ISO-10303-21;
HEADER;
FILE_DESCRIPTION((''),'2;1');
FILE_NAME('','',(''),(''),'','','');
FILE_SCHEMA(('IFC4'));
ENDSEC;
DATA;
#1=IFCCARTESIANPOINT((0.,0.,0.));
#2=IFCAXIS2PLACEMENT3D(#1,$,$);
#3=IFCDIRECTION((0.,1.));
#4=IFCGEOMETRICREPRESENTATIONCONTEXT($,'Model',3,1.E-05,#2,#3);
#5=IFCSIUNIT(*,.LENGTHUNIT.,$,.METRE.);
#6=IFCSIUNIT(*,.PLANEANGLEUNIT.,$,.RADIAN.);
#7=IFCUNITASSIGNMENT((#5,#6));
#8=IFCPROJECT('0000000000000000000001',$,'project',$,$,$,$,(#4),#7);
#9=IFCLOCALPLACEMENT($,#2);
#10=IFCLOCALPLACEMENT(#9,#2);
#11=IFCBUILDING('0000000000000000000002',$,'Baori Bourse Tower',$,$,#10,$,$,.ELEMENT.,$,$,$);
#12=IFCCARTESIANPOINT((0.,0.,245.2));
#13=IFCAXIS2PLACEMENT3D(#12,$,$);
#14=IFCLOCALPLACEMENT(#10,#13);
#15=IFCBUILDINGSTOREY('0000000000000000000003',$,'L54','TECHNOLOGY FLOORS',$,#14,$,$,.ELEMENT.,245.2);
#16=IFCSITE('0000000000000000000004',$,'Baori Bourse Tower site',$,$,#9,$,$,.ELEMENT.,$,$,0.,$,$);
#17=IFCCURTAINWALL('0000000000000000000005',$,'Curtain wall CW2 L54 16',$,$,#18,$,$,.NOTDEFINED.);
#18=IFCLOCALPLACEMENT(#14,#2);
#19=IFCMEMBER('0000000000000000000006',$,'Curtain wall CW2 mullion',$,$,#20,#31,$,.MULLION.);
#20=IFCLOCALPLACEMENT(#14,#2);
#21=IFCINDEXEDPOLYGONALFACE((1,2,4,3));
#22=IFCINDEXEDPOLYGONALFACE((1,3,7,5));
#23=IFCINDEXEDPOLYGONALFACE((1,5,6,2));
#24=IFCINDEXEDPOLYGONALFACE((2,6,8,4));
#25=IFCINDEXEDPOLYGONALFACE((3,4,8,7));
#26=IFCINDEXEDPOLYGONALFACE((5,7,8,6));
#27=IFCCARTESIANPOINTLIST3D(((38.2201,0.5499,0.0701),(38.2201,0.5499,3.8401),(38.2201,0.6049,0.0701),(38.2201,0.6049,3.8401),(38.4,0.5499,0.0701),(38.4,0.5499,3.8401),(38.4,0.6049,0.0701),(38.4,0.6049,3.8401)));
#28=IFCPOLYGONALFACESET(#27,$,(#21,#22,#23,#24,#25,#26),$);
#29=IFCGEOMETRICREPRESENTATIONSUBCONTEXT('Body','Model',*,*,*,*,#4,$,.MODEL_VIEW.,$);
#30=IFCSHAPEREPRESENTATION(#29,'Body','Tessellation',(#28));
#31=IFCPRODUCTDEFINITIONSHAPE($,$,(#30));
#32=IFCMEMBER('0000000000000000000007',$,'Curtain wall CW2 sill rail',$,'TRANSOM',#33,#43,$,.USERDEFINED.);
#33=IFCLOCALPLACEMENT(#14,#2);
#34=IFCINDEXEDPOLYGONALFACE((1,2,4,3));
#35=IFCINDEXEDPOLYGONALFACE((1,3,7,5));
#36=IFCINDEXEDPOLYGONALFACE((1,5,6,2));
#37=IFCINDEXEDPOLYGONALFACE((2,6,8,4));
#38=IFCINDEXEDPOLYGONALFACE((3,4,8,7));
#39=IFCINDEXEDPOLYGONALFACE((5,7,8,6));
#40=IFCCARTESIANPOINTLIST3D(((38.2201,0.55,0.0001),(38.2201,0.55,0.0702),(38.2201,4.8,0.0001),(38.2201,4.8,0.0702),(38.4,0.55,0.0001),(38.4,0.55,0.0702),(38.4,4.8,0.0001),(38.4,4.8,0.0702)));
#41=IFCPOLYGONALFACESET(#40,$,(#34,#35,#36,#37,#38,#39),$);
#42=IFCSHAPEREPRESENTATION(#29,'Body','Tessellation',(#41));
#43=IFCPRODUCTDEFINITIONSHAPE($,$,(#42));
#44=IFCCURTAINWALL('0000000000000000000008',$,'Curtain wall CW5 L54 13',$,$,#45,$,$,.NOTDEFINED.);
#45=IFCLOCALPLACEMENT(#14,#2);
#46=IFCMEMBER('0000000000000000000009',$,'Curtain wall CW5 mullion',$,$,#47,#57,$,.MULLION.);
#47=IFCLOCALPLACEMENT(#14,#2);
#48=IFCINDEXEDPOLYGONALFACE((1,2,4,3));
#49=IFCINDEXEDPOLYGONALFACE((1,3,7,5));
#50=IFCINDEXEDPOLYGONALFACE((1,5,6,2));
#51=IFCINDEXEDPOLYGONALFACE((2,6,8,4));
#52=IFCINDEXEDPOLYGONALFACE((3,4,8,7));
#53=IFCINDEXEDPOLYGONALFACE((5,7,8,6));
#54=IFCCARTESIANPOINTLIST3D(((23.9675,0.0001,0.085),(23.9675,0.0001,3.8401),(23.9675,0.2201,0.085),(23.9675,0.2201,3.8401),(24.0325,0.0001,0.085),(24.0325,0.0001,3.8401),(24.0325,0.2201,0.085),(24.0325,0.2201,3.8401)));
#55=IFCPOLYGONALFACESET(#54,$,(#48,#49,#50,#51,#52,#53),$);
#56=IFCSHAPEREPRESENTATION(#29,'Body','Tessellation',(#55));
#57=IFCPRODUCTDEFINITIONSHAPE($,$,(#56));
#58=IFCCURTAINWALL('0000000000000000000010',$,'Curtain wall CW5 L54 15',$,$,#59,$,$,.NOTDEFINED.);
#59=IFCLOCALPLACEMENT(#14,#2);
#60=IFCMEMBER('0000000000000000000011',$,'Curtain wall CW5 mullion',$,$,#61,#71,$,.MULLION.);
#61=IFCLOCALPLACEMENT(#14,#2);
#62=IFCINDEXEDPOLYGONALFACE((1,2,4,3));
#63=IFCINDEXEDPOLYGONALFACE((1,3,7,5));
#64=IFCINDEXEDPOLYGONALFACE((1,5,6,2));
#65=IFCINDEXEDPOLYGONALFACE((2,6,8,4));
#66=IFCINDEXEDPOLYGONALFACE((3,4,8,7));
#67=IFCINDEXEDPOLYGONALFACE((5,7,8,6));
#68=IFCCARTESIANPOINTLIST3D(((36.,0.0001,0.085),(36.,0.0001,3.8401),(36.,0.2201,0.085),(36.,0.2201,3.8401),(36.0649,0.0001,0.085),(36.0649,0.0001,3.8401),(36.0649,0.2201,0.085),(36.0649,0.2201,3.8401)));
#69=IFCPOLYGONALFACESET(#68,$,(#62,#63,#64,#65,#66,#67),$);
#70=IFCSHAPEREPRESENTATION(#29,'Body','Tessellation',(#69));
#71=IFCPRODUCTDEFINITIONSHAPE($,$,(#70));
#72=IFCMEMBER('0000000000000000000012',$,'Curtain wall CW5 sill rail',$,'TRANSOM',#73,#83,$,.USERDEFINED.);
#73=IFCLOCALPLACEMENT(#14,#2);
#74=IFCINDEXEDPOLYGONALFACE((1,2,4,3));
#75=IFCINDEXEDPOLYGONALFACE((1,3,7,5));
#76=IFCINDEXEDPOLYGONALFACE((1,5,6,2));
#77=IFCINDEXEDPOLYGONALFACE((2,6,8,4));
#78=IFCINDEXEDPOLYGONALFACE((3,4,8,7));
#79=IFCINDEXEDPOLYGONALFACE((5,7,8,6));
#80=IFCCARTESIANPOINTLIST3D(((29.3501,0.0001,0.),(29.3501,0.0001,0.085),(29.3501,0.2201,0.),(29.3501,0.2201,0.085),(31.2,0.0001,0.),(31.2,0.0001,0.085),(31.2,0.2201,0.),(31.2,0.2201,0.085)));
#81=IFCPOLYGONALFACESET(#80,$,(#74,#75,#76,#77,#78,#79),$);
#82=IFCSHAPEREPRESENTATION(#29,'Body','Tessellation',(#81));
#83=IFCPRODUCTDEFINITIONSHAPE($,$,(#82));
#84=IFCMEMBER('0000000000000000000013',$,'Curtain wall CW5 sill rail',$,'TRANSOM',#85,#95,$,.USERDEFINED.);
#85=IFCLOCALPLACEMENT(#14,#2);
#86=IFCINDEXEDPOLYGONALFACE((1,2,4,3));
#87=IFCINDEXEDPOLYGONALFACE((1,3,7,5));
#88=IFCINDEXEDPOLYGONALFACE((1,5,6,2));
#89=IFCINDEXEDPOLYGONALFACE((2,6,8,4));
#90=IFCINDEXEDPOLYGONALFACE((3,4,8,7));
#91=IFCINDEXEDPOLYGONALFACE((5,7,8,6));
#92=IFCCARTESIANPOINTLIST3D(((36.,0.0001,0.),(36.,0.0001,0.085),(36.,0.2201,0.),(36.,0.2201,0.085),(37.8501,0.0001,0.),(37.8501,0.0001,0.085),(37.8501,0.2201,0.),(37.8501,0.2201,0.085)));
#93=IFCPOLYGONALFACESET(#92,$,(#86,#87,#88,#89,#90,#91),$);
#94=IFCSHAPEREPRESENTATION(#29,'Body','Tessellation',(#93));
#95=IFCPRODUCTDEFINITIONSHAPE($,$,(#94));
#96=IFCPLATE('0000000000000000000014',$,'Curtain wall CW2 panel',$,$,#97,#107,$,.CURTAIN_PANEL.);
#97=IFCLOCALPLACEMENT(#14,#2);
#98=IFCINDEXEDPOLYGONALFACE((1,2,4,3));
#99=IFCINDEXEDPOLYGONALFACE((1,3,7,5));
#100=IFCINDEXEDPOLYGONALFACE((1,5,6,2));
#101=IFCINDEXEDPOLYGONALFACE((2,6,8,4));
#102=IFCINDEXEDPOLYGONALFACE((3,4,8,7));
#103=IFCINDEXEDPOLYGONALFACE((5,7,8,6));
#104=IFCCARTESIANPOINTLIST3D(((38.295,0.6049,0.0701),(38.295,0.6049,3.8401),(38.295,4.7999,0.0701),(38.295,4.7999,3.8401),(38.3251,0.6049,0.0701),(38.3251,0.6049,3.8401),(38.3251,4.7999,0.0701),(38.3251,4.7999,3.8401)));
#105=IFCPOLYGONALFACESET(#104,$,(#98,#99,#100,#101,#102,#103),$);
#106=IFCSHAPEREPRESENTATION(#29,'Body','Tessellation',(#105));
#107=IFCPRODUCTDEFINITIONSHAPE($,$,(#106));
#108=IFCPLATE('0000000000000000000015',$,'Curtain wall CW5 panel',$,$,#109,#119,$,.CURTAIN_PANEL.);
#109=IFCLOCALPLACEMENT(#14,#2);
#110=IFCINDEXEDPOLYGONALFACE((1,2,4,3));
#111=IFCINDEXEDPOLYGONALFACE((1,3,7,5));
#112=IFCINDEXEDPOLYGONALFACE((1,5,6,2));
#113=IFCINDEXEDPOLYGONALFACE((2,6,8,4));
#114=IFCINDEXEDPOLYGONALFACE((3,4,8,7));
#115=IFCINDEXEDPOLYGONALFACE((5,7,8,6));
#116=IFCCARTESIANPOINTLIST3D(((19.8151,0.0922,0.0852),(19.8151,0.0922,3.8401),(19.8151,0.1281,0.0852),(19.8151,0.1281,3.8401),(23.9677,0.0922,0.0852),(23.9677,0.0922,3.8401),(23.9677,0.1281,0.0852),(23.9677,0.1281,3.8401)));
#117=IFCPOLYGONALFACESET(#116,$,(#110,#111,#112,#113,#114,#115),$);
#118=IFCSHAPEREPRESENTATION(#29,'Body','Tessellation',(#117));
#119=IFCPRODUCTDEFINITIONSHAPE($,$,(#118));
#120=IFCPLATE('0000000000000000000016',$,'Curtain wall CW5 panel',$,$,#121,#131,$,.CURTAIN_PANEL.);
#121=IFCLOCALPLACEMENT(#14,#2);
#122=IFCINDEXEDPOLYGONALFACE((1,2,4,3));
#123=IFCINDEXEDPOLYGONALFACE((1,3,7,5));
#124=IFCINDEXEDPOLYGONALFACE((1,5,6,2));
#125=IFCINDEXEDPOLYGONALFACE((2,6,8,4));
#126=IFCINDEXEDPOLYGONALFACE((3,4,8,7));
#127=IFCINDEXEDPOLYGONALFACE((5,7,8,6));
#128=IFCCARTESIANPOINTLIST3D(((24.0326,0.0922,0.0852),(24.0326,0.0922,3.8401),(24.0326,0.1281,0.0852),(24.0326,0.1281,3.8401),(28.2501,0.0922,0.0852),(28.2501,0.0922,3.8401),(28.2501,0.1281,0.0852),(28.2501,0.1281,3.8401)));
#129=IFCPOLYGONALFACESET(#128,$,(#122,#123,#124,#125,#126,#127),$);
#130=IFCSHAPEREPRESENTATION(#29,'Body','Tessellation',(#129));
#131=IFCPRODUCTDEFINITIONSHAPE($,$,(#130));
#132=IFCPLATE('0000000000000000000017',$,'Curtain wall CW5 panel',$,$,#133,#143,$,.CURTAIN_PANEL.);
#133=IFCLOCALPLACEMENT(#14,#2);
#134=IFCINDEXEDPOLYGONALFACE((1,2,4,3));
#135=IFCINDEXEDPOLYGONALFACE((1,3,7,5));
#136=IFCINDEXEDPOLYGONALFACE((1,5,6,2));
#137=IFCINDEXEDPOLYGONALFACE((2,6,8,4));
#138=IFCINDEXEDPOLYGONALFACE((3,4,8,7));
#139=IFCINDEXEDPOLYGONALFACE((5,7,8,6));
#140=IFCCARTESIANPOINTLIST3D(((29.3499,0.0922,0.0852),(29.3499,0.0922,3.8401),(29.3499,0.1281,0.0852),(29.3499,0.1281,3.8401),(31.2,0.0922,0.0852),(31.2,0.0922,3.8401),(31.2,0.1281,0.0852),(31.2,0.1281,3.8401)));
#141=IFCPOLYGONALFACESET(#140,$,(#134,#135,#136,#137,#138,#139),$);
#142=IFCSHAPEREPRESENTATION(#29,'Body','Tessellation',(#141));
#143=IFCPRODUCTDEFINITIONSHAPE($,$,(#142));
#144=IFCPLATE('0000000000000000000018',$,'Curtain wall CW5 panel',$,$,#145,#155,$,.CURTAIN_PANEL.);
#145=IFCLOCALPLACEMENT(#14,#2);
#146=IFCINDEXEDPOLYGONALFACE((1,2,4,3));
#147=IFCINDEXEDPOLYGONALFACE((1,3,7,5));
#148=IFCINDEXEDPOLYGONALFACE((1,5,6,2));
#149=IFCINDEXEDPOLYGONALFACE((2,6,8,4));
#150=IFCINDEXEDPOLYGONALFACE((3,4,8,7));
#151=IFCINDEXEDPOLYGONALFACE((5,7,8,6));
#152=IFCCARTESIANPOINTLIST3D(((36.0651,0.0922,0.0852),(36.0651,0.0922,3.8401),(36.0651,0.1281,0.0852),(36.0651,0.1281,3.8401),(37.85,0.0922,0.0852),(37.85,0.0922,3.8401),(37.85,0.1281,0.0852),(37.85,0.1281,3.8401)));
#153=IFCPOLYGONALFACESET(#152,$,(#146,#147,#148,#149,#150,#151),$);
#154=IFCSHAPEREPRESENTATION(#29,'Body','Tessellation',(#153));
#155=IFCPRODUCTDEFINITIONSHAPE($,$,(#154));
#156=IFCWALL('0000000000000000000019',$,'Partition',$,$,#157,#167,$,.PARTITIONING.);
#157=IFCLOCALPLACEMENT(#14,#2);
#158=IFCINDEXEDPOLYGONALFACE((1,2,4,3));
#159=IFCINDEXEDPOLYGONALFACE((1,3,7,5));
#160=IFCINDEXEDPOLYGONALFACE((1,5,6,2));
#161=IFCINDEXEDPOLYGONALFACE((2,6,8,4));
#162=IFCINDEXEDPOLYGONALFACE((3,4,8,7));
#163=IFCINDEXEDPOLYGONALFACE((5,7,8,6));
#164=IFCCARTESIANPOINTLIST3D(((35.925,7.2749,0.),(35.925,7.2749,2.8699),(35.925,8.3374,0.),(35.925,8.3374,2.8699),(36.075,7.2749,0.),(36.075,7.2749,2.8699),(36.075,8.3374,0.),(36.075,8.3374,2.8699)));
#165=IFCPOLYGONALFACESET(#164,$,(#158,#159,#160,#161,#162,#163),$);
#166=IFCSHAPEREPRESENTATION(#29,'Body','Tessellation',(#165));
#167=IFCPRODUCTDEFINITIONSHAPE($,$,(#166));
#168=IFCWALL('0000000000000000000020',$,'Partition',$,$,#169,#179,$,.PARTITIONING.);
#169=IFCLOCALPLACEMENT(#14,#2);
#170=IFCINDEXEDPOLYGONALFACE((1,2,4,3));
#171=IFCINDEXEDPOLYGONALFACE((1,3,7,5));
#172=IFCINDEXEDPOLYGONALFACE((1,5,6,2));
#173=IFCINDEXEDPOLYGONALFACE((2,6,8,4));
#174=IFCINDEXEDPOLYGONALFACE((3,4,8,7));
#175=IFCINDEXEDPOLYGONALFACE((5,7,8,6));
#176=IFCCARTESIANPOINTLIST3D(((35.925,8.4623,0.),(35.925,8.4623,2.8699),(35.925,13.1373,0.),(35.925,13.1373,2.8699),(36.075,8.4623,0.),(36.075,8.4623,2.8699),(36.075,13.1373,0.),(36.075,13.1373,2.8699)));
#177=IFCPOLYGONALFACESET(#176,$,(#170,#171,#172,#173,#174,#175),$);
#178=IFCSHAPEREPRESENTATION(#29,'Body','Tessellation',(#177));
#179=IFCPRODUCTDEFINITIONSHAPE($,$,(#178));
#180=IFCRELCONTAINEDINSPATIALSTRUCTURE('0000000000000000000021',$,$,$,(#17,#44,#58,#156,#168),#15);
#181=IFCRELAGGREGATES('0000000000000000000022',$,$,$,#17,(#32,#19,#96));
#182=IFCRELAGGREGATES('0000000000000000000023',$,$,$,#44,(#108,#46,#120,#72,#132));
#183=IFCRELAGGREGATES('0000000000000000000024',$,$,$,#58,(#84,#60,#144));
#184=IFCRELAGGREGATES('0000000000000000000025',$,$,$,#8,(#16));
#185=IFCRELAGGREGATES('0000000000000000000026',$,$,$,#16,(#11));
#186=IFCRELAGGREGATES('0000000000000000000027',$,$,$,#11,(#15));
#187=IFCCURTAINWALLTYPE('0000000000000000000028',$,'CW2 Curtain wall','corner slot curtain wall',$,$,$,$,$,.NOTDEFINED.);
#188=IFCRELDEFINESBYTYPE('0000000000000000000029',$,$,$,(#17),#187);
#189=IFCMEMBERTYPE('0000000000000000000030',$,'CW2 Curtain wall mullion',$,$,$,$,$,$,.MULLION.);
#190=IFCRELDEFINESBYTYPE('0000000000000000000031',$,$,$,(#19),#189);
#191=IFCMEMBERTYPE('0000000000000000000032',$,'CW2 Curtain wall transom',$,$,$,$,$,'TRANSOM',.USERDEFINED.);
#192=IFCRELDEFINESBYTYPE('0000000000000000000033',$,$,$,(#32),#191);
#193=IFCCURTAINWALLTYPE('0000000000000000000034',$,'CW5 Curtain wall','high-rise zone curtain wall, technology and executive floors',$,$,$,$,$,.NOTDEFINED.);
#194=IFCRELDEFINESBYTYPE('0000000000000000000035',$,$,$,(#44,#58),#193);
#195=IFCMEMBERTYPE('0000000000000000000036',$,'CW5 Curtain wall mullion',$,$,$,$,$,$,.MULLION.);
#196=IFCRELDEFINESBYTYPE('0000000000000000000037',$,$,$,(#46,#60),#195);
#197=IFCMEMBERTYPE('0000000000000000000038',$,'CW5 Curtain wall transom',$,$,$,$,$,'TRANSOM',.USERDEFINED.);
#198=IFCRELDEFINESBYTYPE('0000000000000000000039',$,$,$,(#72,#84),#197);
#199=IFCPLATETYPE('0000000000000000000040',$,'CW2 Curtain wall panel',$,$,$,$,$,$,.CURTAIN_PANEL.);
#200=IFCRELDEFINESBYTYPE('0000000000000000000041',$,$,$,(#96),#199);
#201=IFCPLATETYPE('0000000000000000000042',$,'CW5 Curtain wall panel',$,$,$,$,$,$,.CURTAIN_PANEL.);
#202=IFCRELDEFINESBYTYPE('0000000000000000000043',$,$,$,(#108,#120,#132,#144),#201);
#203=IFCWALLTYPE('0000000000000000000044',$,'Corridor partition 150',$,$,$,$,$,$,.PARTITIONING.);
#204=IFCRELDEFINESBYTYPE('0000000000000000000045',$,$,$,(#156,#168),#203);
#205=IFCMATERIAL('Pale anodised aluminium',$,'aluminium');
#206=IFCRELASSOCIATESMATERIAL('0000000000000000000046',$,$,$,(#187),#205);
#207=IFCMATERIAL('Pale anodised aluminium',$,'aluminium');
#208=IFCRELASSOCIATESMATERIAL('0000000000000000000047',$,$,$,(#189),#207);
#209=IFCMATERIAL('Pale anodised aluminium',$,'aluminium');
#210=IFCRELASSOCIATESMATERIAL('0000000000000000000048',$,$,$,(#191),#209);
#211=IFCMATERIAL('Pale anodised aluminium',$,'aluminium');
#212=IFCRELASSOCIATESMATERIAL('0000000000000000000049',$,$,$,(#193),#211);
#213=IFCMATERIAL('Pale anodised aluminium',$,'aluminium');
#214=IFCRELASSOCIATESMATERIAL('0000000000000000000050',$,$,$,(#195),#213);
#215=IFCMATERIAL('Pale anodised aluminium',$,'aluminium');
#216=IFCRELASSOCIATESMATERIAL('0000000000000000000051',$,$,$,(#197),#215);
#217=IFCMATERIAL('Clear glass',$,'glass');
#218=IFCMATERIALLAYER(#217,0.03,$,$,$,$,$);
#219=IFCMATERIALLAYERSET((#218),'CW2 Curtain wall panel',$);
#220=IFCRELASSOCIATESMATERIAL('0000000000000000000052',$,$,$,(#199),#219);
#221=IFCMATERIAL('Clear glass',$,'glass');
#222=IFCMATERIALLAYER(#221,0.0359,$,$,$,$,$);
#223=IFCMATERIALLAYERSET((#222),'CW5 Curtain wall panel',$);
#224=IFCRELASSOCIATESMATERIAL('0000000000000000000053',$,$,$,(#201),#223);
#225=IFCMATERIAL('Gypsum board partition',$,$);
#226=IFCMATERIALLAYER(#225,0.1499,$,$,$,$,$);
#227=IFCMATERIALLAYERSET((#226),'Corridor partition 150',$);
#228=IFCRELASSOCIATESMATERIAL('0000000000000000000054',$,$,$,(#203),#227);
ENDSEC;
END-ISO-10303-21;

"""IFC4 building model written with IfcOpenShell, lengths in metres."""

from ifc_helpers import new_model, si_unit, direction, frame, frame_2d, origin, origin_2d, place, context, subcontext, project, spatial, rectangle, extrude, material, layer, layer_set, material_profile, profile_set, type_object, element, aggregate, save


model = new_model("IFC4")

# Units and contexts
model_context = context("Model", 3, precision=1e-05, world=origin(), true_north=direction((0.0, 1.0)))
body_context = subcontext(model_context, "Body", "Model", "MODEL_VIEW")
ifc_project = project(units=[si_unit("LENGTHUNIT", "METRE"), si_unit("PLANEANGLEUNIT", "RADIAN")], contexts=[model_context])

# Site, building, storey
site_placement = place(None, origin())
site = spatial("IfcSite", under=ifc_project, at=site_placement, Name="Baori Bourse Tower site", CompositionType="ELEMENT", RefElevation=0.0)
building_placement = place(site_placement, origin())
building = spatial("IfcBuilding", under=site, at=building_placement, Name="Baori Bourse Tower", CompositionType="ELEMENT")
storey_placement = place(building_placement, frame((0.0, 0.0, 245.2)))
storey = spatial("IfcBuildingStorey", under=building, at=storey_placement, Name="L54", Description="TECHNOLOGY FLOORS", CompositionType="ELEMENT", Elevation=245.2)

# Curtain wall, members
ifc_material_1 = material(Name="Pale anodised aluminium", Category="aluminium")
curtain_wall_type_1 = type_object("IfcCurtainWallType", Name="CW2 Curtain wall", Description="corner slot curtain wall", PredefinedType="NOTDEFINED", material=ifc_material_1)
curtain_wall_1_placement = place(storey_placement, origin())
curtain_wall_1 = element("IfcCurtainWall", 1, at=curtain_wall_1_placement, inside=storey, type_object=curtain_wall_type_1, Name="Curtain wall CW2 L54 16", PredefinedType="NOTDEFINED")
ifc_material_2 = material(Name="Pale anodised aluminium", Category="aluminium")
ifc_material_profile_1 = material_profile(ifc_material_2, rectangle(XDim=0.1799, YDim=0.0549, at=origin_2d()), Name="Mullion 55x180")
ifc_profile_set_1 = profile_set([ifc_material_profile_1], Name="Pale anodised aluminium")
member_type_1 = type_object("IfcMemberType", Name="CW2 Curtain wall mullion", PredefinedType="MULLION", material=ifc_profile_set_1)
member_1_placement = place(storey_placement, frame((38.3101, 0.5774, 0.0701), z_axis=(0.0, 0.0, 1.0), x_axis=(-1.0, 0.0, 0.0)))
member_1 = element("IfcMember", 2, at=member_1_placement, type_object=member_type_1, Name="Curtain wall CW2 mullion", PredefinedType="MULLION", context=body_context, shape_type="SweptSolid", body=[
    extrude(rectangle(XDim=0.1799, YDim=0.0549, at=origin_2d()), origin(), (0.0, 0.0, 1.0), 3.77),
])
ifc_material_3 = material(Name="Pale anodised aluminium", Category="aluminium")
ifc_material_profile_2 = material_profile(ifc_material_3, rectangle(XDim=0.1799, YDim=0.0701, at=origin_2d()), Name="Transom 70x180")
ifc_profile_set_2 = profile_set([ifc_material_profile_2], Name="Pale anodised aluminium")
member_type_2 = type_object("IfcMemberType", Name="CW2 Curtain wall transom", ElementType="TRANSOM", PredefinedType="USERDEFINED", material=ifc_profile_set_2)
member_2_placement = place(storey_placement, frame((38.3101, 0.55, 0.0352), z_axis=(0.0, 1.0, 0.0), x_axis=(-1.0, 0.0, 0.0)))
member_2 = element("IfcMember", 3, at=member_2_placement, type_object=member_type_2, Name="Curtain wall CW2 sill rail", ObjectType="TRANSOM", PredefinedType="USERDEFINED", context=body_context, shape_type="SweptSolid", body=[
    extrude(rectangle(XDim=0.1799, YDim=0.0701, at=origin_2d()), origin(), (0.0, 0.0, 1.0), 4.25),
])

# Curtain walls, members
ifc_material_4 = material(Name="Pale anodised aluminium", Category="aluminium")
curtain_wall_type_2 = type_object("IfcCurtainWallType", Name="CW5 Curtain wall", Description="high-rise zone curtain wall, technology and executive floors", PredefinedType="NOTDEFINED", material=ifc_material_4)
curtain_wall_2_placement = place(storey_placement, origin())
curtain_wall_2 = element("IfcCurtainWall", 4, at=curtain_wall_2_placement, inside=storey, type_object=curtain_wall_type_2, Name="Curtain wall CW5 L54 13", PredefinedType="NOTDEFINED")
ifc_material_5 = material(Name="Pale anodised aluminium", Category="aluminium")
ifc_material_profile_3 = material_profile(ifc_material_5, rectangle(XDim=0.22, YDim=0.0649, at=origin_2d()), Name="Mullion 65x220")
ifc_profile_set_3 = profile_set([ifc_material_profile_3], Name="Pale anodised aluminium")
member_type_3 = type_object("IfcMemberType", Name="CW5 Curtain wall mullion", PredefinedType="MULLION", material=ifc_profile_set_3)
member_3_placement = place(storey_placement, frame((24.0, 0.1101, 0.085), z_axis=(0.0, 0.0, 1.0), x_axis=(0.0, 1.0, 0.0)))
member_3 = element("IfcMember", 5, at=member_3_placement, type_object=member_type_3, Name="Curtain wall CW5 mullion", PredefinedType="MULLION", context=body_context, shape_type="SweptSolid", body=[
    extrude(rectangle(XDim=0.22, YDim=0.0649, at=origin_2d()), origin(), (0.0, 0.0, 1.0), 3.7551),
])
curtain_wall_3_placement = place(storey_placement, origin())
curtain_wall_3 = element("IfcCurtainWall", 6, at=curtain_wall_3_placement, inside=storey, type_object=curtain_wall_type_2, Name="Curtain wall CW5 L54 15", PredefinedType="NOTDEFINED")
member_4_placement = place(storey_placement, frame((36.0325, 0.1101, 0.085), z_axis=(0.0, 0.0, 1.0), x_axis=(0.0, 1.0, 0.0)))
member_4 = element("IfcMember", 7, at=member_4_placement, type_object=member_type_3, Name="Curtain wall CW5 mullion", PredefinedType="MULLION", context=body_context, shape_type="SweptSolid", body=[
    extrude(rectangle(XDim=0.22, YDim=0.0649, at=origin_2d()), origin(), (0.0, 0.0, 1.0), 3.7551),
])

# Members
ifc_material_6 = material(Name="Pale anodised aluminium", Category="aluminium")
ifc_material_profile_4 = material_profile(ifc_material_6, rectangle(XDim=0.22, YDim=0.085, at=origin_2d()), Name="Transom 85x220")
ifc_profile_set_4 = profile_set([ifc_material_profile_4], Name="Pale anodised aluminium")
member_type_4 = type_object("IfcMemberType", Name="CW5 Curtain wall transom", ElementType="TRANSOM", PredefinedType="USERDEFINED", material=ifc_profile_set_4)
member_5_placement = place(storey_placement, frame((29.3501, 0.1101, 0.0425), z_axis=(1.0, 0.0, 0.0), x_axis=(0.0, 1.0, 0.0)))
member_5 = element("IfcMember", 8, at=member_5_placement, type_object=member_type_4, Name="Curtain wall CW5 sill rail", ObjectType="TRANSOM", PredefinedType="USERDEFINED", context=body_context, shape_type="SweptSolid", body=[
    extrude(rectangle(XDim=0.22, YDim=0.085, at=origin_2d()), origin(), (0.0, 0.0, 1.0), 1.8499),
])
member_6_placement = place(storey_placement, frame((36.0, 0.1101, 0.0425), z_axis=(1.0, 0.0, 0.0), x_axis=(0.0, 1.0, 0.0)))
member_6 = element("IfcMember", 9, at=member_6_placement, type_object=member_type_4, Name="Curtain wall CW5 sill rail", ObjectType="TRANSOM", PredefinedType="USERDEFINED", context=body_context, shape_type="SweptSolid", body=[
    extrude(rectangle(XDim=0.22, YDim=0.085, at=origin_2d()), origin(), (0.0, 0.0, 1.0), 1.8501),
])

# Plates
ifc_material_7 = material(Name="Clear glass", Category="glass")
ifc_layer_1 = layer(ifc_material_7, 0.03)
ifc_layer_set_1 = layer_set([ifc_layer_1], Name="CW2 Curtain wall panel")
plate_type_1 = type_object("IfcPlateType", Name="CW2 Curtain wall panel", PredefinedType="CURTAIN_PANEL", material=ifc_layer_set_1)
plate_1_placement = place(storey_placement, frame((38.3101, 2.7024, 0.0701), z_axis=(0.0, 0.0, 1.0), x_axis=(0.0, 1.0, 0.0)))
plate_1 = element("IfcPlate", 10, at=plate_1_placement, type_object=plate_type_1, Name="Curtain wall CW2 panel", PredefinedType="CURTAIN_PANEL", context=body_context, shape_type="SweptSolid", body=[
    extrude(rectangle(XDim=4.1951, YDim=0.03, at=origin_2d()), origin(), (0.0, 0.0, 1.0), 3.77),
])
aggregate(curtain_wall_1, [member_2, member_1, plate_1])
ifc_material_8 = material(Name="Clear glass", Category="glass")
ifc_layer_2 = layer(ifc_material_8, 0.0359)
ifc_layer_set_2 = layer_set([ifc_layer_2], Name="CW5 Curtain wall panel")
plate_type_2 = type_object("IfcPlateType", Name="CW5 Curtain wall panel", PredefinedType="CURTAIN_PANEL", material=ifc_layer_set_2)
plate_2_placement = place(storey_placement, frame((21.8914, 0.1101, 0.0852), z_axis=(0.0, 0.0, 1.0), x_axis=(1.0, 0.0, 0.0)))
plate_2 = element("IfcPlate", 11, at=plate_2_placement, type_object=plate_type_2, Name="Curtain wall CW5 panel", PredefinedType="CURTAIN_PANEL", context=body_context, shape_type="SweptSolid", body=[
    extrude(rectangle(XDim=4.1526, YDim=0.0359, at=origin_2d()), origin(), (0.0, 0.0, 1.0), 3.7549),
])
plate_3_placement = place(storey_placement, frame((26.1414, 0.1101, 0.0852), z_axis=(0.0, 0.0, 1.0), x_axis=(1.0, 0.0, 0.0)))
plate_3 = element("IfcPlate", 12, at=plate_3_placement, type_object=plate_type_2, Name="Curtain wall CW5 panel", PredefinedType="CURTAIN_PANEL", context=body_context, shape_type="SweptSolid", body=[
    extrude(rectangle(XDim=4.2175, YDim=0.0359, at=origin_2d()), origin(), (0.0, 0.0, 1.0), 3.7549),
])
plate_4_placement = place(storey_placement, frame((30.2749, 0.1101, 0.0852), z_axis=(0.0, 0.0, 1.0), x_axis=(1.0, 0.0, 0.0)))
plate_4 = element("IfcPlate", 13, at=plate_4_placement, type_object=plate_type_2, Name="Curtain wall CW5 panel", PredefinedType="CURTAIN_PANEL", context=body_context, shape_type="SweptSolid", body=[
    extrude(rectangle(XDim=1.8501, YDim=0.0359, at=origin_2d()), origin(), (0.0, 0.0, 1.0), 3.7549),
])
aggregate(curtain_wall_2, [plate_2, member_3, plate_3, member_5, plate_4])
plate_5_placement = place(storey_placement, frame((36.9575, 0.1101, 0.0852), z_axis=(0.0, 0.0, 1.0), x_axis=(1.0, 0.0, 0.0)))
plate_5 = element("IfcPlate", 14, at=plate_5_placement, type_object=plate_type_2, Name="Curtain wall CW5 panel", PredefinedType="CURTAIN_PANEL", context=body_context, shape_type="SweptSolid", body=[
    extrude(rectangle(XDim=1.7849, YDim=0.0359, at=origin_2d()), origin(), (0.0, 0.0, 1.0), 3.7549),
])
aggregate(curtain_wall_3, [member_6, member_4, plate_5])

# Walls
ifc_material_9 = material(Name="Gypsum board partition")
ifc_layer_3 = layer(ifc_material_9, 0.1499)
ifc_layer_set_3 = layer_set([ifc_layer_3], Name="Corridor partition 150")
wall_type_1 = type_object("IfcWallType", Name="Corridor partition 150", PredefinedType="PARTITIONING", material=ifc_layer_set_3)
wall_1_placement = place(storey_placement, frame((36.0, 7.2749, 0.0), z_axis=(0.0, 0.0, 1.0), x_axis=(0.0, 1.0, 0.0)))
element("IfcWall", 15, at=wall_1_placement, inside=storey, type_object=wall_type_1, Name="Partition", PredefinedType="PARTITIONING", context=body_context, shape_type="SweptSolid", body=[
    extrude(rectangle(XDim=1.0625, YDim=0.1499, at=frame_2d((0.5312, 0.0))), origin(), (0.0, 0.0, 1.0), 2.8699),
])
wall_2_placement = place(storey_placement, frame((36.0, 8.4624, 0.0), z_axis=(0.0, 0.0, 1.0), x_axis=(0.0, 1.0, 0.0)))
element("IfcWall", 16, at=wall_2_placement, inside=storey, type_object=wall_type_1, Name="Partition", PredefinedType="PARTITIONING", context=body_context, shape_type="SweptSolid", body=[
    extrude(rectangle(XDim=4.675, YDim=0.1499, at=frame_2d((2.3374, 0.0))), origin(), (0.0, 0.0, 1.0), 2.8699),
])

save(model, "model.ifc")
